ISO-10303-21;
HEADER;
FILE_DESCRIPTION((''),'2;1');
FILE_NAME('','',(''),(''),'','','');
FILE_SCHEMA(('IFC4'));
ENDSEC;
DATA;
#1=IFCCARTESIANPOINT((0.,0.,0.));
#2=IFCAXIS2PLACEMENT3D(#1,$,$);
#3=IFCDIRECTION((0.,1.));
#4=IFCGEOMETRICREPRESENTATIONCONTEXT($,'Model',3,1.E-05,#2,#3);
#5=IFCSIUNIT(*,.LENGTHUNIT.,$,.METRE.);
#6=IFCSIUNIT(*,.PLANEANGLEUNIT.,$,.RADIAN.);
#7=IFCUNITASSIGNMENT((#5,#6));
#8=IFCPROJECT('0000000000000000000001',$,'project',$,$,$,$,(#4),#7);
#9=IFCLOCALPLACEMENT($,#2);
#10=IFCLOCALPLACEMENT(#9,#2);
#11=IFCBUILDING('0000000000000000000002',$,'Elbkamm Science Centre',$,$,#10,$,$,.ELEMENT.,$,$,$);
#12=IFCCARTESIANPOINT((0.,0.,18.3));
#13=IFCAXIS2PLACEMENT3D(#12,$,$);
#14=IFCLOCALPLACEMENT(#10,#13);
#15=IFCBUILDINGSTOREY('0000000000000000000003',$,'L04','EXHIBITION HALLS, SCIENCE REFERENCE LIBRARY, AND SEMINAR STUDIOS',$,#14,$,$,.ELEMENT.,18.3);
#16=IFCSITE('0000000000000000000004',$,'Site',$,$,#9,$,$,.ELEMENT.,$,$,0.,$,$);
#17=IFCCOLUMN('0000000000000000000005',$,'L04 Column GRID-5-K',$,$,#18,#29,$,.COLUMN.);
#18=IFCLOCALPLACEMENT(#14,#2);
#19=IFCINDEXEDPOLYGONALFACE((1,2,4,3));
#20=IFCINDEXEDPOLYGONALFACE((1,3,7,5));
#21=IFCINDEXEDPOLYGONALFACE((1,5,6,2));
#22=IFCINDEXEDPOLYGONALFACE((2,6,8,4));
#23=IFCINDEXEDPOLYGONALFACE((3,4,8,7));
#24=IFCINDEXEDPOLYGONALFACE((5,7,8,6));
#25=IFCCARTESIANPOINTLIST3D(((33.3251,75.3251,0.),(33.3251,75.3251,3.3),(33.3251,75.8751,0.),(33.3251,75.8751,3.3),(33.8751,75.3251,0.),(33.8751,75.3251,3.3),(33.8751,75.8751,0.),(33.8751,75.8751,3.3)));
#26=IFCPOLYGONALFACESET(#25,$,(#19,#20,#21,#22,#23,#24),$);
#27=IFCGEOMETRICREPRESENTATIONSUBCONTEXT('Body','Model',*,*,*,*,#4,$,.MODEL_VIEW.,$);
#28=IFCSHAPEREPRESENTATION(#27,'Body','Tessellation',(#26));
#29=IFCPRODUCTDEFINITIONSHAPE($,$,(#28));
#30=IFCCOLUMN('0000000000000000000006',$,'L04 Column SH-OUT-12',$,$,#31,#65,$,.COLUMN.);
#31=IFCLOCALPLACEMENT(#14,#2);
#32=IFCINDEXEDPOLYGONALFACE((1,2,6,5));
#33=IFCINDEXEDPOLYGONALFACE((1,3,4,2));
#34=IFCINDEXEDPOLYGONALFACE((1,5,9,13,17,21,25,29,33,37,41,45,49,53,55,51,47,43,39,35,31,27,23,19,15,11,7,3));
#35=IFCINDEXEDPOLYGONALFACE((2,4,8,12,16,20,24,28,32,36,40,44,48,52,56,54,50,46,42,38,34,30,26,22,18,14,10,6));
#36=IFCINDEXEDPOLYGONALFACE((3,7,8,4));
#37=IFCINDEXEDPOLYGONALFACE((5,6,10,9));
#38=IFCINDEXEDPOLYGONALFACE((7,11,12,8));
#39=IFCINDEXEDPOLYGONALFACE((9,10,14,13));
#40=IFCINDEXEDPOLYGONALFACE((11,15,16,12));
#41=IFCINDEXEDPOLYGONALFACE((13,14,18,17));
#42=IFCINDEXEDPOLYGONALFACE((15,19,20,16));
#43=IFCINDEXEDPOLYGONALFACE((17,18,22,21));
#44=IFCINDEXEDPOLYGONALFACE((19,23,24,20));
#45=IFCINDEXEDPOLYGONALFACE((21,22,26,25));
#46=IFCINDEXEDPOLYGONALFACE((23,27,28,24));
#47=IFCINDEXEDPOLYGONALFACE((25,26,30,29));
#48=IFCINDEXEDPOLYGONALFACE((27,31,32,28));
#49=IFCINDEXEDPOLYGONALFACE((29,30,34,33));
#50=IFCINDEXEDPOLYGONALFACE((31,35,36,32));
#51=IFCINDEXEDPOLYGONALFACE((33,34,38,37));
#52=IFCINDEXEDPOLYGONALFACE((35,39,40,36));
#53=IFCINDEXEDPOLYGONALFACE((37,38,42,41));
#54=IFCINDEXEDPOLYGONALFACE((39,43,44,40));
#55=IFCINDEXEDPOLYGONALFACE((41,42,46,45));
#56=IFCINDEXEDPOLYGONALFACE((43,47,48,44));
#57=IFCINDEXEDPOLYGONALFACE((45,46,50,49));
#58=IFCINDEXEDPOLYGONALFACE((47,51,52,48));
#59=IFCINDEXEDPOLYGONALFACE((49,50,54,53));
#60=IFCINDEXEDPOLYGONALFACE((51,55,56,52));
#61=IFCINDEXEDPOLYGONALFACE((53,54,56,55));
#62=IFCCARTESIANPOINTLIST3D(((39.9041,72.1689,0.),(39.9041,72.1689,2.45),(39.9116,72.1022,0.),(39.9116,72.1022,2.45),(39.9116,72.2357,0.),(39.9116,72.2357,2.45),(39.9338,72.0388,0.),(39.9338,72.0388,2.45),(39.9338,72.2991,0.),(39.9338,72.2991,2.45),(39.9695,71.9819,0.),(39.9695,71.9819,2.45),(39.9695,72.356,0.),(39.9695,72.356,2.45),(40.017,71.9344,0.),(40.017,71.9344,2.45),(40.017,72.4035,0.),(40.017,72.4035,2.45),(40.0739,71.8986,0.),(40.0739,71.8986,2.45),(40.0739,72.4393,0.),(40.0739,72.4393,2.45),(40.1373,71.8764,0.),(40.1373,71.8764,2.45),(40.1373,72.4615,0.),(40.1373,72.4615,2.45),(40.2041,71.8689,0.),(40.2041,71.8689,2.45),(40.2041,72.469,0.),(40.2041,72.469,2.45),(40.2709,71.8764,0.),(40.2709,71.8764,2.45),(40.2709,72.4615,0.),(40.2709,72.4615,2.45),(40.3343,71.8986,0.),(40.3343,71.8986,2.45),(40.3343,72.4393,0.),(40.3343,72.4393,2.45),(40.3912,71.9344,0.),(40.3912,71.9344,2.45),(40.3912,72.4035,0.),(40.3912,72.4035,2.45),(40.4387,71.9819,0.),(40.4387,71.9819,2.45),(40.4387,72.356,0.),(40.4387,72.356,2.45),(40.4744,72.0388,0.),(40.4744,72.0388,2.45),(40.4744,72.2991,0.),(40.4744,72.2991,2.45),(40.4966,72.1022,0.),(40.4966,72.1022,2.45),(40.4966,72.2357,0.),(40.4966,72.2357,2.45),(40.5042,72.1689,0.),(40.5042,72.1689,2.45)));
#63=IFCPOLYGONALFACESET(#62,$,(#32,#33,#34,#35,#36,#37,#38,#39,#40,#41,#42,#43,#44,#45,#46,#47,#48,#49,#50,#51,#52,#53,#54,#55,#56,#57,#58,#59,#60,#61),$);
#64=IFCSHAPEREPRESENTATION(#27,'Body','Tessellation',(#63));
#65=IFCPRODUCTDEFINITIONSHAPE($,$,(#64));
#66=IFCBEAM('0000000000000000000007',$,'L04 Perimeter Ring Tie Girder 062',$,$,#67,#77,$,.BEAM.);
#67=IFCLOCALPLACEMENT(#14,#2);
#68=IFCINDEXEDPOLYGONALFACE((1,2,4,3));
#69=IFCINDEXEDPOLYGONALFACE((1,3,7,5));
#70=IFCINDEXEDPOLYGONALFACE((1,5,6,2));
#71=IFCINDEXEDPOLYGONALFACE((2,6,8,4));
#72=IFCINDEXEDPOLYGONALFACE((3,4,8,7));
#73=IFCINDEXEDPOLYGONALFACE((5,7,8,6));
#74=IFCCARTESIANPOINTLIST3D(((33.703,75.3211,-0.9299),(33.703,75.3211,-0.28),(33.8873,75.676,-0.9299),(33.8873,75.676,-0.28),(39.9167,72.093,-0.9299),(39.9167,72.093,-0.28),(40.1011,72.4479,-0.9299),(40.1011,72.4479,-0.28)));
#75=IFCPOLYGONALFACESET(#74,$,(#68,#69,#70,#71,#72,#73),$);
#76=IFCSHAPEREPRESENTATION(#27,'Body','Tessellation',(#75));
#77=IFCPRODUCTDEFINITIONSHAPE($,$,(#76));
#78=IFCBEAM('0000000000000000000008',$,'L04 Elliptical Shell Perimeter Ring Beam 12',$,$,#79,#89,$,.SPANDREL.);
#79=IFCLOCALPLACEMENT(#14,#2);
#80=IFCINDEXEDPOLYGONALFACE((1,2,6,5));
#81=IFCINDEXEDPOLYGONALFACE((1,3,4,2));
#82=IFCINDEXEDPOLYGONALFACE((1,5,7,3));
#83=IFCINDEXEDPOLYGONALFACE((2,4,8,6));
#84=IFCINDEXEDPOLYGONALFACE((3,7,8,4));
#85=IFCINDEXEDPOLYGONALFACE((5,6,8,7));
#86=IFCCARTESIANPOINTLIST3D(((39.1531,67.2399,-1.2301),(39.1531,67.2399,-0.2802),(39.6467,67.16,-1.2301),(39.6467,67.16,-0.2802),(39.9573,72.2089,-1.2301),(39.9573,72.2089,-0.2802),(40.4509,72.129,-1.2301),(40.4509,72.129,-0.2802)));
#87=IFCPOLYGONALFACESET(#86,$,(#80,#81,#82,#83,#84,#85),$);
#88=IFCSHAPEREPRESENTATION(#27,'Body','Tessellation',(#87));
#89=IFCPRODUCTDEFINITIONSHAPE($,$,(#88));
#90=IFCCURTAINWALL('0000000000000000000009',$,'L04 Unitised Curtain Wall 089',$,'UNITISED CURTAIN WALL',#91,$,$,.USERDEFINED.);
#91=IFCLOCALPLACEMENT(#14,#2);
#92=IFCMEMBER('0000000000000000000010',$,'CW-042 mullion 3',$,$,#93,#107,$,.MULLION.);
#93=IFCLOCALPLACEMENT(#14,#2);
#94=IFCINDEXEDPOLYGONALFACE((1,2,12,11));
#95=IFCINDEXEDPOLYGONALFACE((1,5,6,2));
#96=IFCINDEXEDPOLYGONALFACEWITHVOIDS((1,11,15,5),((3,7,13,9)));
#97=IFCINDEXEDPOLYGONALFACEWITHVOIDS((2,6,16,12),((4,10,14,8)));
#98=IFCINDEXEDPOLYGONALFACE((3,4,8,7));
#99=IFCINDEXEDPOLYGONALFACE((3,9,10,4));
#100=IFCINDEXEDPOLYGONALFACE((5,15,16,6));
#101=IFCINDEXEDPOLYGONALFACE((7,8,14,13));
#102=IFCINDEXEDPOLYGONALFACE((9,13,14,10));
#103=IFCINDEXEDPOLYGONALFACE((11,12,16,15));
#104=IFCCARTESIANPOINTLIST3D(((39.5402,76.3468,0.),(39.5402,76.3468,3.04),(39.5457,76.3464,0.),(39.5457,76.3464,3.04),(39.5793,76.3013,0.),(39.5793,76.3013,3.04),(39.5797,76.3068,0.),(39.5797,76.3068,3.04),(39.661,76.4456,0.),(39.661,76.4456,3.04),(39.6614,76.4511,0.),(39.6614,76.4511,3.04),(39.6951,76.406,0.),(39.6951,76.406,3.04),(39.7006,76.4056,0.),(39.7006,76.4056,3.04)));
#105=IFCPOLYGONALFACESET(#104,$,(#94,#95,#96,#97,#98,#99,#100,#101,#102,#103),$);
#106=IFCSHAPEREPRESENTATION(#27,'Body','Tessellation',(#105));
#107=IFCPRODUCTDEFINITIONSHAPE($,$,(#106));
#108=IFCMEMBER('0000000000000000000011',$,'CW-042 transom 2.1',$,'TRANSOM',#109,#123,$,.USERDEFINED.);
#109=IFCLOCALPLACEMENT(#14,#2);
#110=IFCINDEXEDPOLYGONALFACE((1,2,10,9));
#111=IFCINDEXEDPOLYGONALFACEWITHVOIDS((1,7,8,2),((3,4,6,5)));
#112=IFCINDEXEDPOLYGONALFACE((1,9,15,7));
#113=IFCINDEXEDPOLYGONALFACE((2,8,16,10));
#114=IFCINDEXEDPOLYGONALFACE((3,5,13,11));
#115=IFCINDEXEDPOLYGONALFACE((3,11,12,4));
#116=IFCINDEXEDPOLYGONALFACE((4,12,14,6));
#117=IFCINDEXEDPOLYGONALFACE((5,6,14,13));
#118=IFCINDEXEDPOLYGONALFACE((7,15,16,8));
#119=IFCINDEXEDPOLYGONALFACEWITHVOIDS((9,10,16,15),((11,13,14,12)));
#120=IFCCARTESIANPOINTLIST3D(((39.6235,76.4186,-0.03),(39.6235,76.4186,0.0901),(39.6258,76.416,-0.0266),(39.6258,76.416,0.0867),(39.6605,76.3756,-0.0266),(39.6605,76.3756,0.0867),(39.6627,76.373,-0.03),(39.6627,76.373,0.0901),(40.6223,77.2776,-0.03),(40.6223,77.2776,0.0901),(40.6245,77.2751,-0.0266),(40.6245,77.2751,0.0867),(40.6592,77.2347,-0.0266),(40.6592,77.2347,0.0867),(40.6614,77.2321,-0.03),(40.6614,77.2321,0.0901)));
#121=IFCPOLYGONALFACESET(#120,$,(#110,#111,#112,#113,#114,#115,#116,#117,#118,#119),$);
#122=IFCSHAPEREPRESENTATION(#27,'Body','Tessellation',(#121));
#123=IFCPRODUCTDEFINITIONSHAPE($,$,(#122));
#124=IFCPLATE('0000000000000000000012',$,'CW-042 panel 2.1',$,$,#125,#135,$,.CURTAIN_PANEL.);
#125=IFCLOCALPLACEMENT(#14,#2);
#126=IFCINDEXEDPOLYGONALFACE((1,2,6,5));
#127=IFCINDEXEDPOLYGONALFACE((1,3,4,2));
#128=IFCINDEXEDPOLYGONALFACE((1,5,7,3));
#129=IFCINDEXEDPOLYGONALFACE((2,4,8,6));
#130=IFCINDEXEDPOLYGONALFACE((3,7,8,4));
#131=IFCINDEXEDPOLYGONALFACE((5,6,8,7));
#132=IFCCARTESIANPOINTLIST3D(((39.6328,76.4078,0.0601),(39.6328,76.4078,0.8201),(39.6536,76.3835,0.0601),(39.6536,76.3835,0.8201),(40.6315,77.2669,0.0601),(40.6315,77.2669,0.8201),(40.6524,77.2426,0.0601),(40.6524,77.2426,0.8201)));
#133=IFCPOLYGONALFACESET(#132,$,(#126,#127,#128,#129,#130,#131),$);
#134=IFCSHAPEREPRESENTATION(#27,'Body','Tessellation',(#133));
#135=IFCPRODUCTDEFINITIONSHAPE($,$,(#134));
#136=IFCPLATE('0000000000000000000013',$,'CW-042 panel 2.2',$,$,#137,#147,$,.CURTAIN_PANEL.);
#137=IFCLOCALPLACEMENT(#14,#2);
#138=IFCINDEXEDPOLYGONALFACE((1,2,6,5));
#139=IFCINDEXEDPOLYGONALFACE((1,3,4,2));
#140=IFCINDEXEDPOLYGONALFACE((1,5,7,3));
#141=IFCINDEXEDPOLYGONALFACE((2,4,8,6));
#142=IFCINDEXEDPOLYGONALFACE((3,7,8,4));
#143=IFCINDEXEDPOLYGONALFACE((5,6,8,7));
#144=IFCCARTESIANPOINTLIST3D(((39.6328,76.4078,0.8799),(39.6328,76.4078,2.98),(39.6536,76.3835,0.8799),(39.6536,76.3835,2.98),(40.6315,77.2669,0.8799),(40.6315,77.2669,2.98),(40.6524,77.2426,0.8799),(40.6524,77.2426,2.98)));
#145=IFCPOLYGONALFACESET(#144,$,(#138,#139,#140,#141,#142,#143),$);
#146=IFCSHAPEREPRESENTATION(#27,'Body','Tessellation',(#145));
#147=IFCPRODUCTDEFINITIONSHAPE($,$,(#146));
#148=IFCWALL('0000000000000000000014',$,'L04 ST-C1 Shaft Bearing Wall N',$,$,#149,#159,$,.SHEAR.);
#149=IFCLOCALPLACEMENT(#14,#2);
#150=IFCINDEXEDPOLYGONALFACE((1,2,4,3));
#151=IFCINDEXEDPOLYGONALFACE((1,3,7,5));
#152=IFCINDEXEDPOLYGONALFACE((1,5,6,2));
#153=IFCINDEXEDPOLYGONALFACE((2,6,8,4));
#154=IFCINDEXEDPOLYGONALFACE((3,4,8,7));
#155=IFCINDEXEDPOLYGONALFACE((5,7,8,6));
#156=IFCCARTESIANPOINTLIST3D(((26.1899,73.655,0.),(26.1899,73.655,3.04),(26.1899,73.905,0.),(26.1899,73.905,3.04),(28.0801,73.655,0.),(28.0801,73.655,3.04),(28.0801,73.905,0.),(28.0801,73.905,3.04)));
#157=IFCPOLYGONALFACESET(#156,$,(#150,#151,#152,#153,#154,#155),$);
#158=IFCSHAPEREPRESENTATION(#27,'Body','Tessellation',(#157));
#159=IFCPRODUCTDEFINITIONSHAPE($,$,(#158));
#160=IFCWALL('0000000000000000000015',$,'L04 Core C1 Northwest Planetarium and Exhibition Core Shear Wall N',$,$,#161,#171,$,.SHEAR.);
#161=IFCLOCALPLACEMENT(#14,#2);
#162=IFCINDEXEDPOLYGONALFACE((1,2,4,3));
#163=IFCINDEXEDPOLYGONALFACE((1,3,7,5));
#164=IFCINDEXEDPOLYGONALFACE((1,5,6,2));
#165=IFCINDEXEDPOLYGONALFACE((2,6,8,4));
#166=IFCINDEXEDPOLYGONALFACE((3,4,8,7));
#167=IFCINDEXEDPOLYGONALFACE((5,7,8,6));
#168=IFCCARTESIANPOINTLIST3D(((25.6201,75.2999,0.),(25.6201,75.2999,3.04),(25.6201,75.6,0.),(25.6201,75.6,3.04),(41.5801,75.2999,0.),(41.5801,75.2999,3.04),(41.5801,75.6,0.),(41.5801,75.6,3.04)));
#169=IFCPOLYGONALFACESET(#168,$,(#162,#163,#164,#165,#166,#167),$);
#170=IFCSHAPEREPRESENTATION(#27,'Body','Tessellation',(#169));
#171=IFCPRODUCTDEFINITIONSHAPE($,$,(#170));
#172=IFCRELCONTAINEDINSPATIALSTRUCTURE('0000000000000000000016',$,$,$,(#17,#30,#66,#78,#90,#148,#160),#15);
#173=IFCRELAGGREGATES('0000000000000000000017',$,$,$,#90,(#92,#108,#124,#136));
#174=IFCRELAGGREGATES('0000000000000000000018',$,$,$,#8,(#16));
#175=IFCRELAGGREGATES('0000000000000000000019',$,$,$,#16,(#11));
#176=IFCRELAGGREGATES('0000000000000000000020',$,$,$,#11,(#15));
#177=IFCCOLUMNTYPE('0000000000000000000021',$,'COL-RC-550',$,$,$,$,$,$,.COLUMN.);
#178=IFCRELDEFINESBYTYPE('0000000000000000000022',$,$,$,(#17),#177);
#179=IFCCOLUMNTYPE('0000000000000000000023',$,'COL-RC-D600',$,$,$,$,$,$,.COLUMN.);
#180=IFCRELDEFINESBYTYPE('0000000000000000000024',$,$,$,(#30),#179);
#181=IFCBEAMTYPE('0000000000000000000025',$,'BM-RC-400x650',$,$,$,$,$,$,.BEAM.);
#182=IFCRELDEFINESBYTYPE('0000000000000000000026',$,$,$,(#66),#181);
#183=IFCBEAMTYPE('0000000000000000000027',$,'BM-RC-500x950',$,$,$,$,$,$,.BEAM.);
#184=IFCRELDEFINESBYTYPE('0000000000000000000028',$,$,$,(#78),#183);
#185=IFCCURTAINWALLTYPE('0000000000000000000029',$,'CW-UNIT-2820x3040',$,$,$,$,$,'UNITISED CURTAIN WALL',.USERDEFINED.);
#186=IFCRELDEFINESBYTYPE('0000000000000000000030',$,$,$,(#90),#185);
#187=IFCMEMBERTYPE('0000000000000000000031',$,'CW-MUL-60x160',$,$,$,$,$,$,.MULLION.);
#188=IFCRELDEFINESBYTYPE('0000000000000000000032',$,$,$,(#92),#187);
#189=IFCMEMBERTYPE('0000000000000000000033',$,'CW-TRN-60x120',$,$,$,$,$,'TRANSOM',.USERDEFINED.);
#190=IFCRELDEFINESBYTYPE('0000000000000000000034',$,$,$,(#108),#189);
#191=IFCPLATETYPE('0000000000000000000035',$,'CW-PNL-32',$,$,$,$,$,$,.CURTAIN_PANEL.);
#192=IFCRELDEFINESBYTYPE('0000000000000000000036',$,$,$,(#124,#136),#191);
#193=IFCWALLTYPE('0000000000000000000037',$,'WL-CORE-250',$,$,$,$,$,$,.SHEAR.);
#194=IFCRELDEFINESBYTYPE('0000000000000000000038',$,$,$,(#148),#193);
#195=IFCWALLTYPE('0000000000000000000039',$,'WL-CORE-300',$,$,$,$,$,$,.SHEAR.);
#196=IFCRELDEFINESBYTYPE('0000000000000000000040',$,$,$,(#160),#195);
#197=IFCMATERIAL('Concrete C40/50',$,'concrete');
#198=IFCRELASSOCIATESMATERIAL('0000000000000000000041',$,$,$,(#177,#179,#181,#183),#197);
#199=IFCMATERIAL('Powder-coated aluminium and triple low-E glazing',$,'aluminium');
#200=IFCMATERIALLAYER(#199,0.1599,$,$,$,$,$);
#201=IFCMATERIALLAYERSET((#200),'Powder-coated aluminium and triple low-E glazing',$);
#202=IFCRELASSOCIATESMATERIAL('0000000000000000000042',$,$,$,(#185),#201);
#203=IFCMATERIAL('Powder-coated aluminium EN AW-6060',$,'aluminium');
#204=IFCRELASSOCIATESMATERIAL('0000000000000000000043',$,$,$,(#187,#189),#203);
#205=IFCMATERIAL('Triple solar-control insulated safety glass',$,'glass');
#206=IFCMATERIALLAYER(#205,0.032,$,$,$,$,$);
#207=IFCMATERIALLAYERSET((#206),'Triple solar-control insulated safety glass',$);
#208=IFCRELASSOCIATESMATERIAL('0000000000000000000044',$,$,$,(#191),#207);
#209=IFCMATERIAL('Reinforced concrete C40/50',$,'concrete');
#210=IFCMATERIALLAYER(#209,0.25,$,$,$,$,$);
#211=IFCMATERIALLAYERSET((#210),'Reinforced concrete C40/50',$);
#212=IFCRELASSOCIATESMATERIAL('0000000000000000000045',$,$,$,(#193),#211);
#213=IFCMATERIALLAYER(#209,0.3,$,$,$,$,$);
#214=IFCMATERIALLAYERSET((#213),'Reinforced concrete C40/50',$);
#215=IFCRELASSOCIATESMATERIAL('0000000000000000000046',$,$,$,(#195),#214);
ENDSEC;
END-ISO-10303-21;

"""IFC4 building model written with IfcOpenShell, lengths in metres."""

from ifc_helpers import new_model, si_unit, direction, frame, frame_2d, origin, origin_2d, place, context, subcontext, project, spatial, rectangle, hollow_rectangle, circle, extrude, material, layer, layer_set, material_profile, profile_set, type_object, element, aggregate, save


model = new_model("IFC4")

# Units and contexts
model_context = context("Model", 3, precision=1e-05, world=origin(), true_north=direction((0.0, 1.0)))
body_context = subcontext(model_context, "Body", "Model", "MODEL_VIEW")
ifc_project = project(units=[si_unit("LENGTHUNIT", "METRE"), si_unit("PLANEANGLEUNIT", "RADIAN")], contexts=[model_context])

# Site, building, storey
site_placement = place(None, origin())
site = spatial("IfcSite", under=ifc_project, at=site_placement, Name="Site", CompositionType="ELEMENT", RefElevation=0.0)
building_placement = place(site_placement, origin())
building = spatial("IfcBuilding", under=site, at=building_placement, Name="Elbkamm Science Centre", CompositionType="ELEMENT")
storey_placement = place(building_placement, frame((0.0, 0.0, 18.3)))
storey = spatial("IfcBuildingStorey", under=building, at=storey_placement, Name="L04", Description="EXHIBITION HALLS, SCIENCE REFERENCE LIBRARY, AND SEMINAR STUDIOS", CompositionType="ELEMENT", Elevation=18.3)

# Columns
ifc_material_1 = material(Name="Concrete C40/50", Category="concrete")
ifc_material_profile_1 = material_profile(ifc_material_1, rectangle(XDim=0.55, YDim=0.55, at=origin_2d()), Name="RC 550x550")
ifc_profile_set_1 = profile_set([ifc_material_profile_1], Name="Concrete C40/50")
column_type_1 = type_object("IfcColumnType", Name="COL-RC-550", PredefinedType="COLUMN", material=ifc_profile_set_1)
column_1_placement = place(storey_placement, frame((33.6001, 75.6001, 0.0), z_axis=(0.0, 0.0, 1.0), x_axis=(1.0, 0.0, 0.0)))
element("IfcColumn", 1, at=column_1_placement, inside=storey, type_object=column_type_1, Name="L04 Column GRID-5-K", PredefinedType="COLUMN", context=body_context, shape_type="SweptSolid", body=[
    extrude(rectangle(XDim=0.55, YDim=0.55, at=origin_2d()), origin(), (0.0, 0.0, 1.0), 3.3),
])
ifc_material_profile_2 = material_profile(ifc_material_1, circle(Radius=0.3, at=origin_2d()), Name="RC D600")
ifc_profile_set_2 = profile_set([ifc_material_profile_2], Name="Concrete C40/50")
column_type_2 = type_object("IfcColumnType", Name="COL-RC-D600", PredefinedType="COLUMN", material=ifc_profile_set_2)
column_2_placement = place(storey_placement, frame((40.2041, 72.1689, 0.0), z_axis=(0.0, 0.0, 1.0), x_axis=(1.0, 0.0, 0.0)))
element("IfcColumn", 2, at=column_2_placement, inside=storey, type_object=column_type_2, Name="L04 Column SH-OUT-12", PredefinedType="COLUMN", context=body_context, shape_type="SweptSolid", body=[
    extrude(circle(Radius=0.3, at=origin_2d()), origin(), (0.0, 0.0, 1.0), 2.45),
])

# Beams
ifc_material_profile_3 = material_profile(ifc_material_1, rectangle(XDim=0.3999, YDim=0.6499, at=origin_2d()), Name="RC 400x650")
ifc_profile_set_3 = profile_set([ifc_material_profile_3], Name="Concrete C40/50")
beam_type_1 = type_object("IfcBeamType", Name="BM-RC-400x650", PredefinedType="BEAM", material=ifc_profile_set_3)
beam_1_placement = place(storey_placement, frame((33.7952, 75.4985, -0.605), z_axis=(0.887395, -0.461009, 0.0), x_axis=(0.461009, 0.887395, 0.0)))
element("IfcBeam", 3, at=beam_1_placement, inside=storey, type_object=beam_type_1, Name="L04 Perimeter Ring Tie Girder 062", PredefinedType="BEAM", context=body_context, shape_type="SweptSolid", body=[
    extrude(rectangle(XDim=0.3999, YDim=0.6499, at=origin_2d()), origin(), (0.0, 0.0, 1.0), 7.0022),
])
ifc_material_profile_4 = material_profile(ifc_material_1, rectangle(XDim=0.5, YDim=0.95, at=origin_2d()), Name="RC 500x950")
ifc_profile_set_4 = profile_set([ifc_material_profile_4], Name="Concrete C40/50")
beam_type_2 = type_object("IfcBeamType", Name="BM-RC-500x950", PredefinedType="BEAM", material=ifc_profile_set_4)
beam_2_placement = place(storey_placement, frame((40.2041, 72.1689, -0.7551), z_axis=(-0.159765, -0.987155, 0.0), x_axis=(0.987155, -0.159765, 0.0)))
element("IfcBeam", 4, at=beam_2_placement, inside=storey, type_object=beam_type_2, Name="L04 Elliptical Shell Perimeter Ring Beam 12", PredefinedType="SPANDREL", context=body_context, shape_type="SweptSolid", body=[
    extrude(rectangle(XDim=0.5, YDim=0.95, at=origin_2d()), origin(), (0.0, 0.0, 1.0), 5.0337),
])

# Curtain wall, members, plates
ifc_material_2 = material(Name="Powder-coated aluminium and triple low-E glazing", Category="aluminium")
ifc_layer_1 = layer(ifc_material_2, 0.1599)
ifc_layer_set_1 = layer_set([ifc_layer_1], Name="Powder-coated aluminium and triple low-E glazing")
curtain_wall_type = type_object("IfcCurtainWallType", Name="CW-UNIT-2820x3040", ElementType="UNITISED CURTAIN WALL", PredefinedType="USERDEFINED", material=ifc_layer_set_1)
curtain_wall_placement = place(storey_placement, origin())
curtain_wall = element("IfcCurtainWall", 5, at=curtain_wall_placement, inside=storey, type_object=curtain_wall_type, Name="L04 Unitised Curtain Wall 089", ObjectType="UNITISED CURTAIN WALL", PredefinedType="USERDEFINED")
ifc_material_3 = material(Name="Powder-coated aluminium EN AW-6060", Category="aluminium")
ifc_material_profile_5 = material_profile(ifc_material_3, hollow_rectangle(XDim=0.0601, YDim=0.1599, WallThickness=0.0039, at=origin_2d()), Name="ALU M60x160")
ifc_profile_set_5 = profile_set([ifc_material_profile_5], Name="Powder-coated aluminium EN AW-6060")
member_type_1 = type_object("IfcMemberType", Name="CW-MUL-60x160", PredefinedType="MULLION", material=ifc_profile_set_5)
member_1_placement = place(storey_placement, frame((39.6204, 76.3762, 0.0), z_axis=(0.0, 0.0, 1.0), x_axis=(0.65211, -0.758124, 0.0)))
member_1 = element("IfcMember", 6, at=member_1_placement, type_object=member_type_1, Name="CW-042 mullion 3", PredefinedType="MULLION", context=body_context, shape_type="SweptSolid", body=[
    extrude(hollow_rectangle(XDim=0.0601, YDim=0.1599, WallThickness=0.0039, at=origin_2d()), origin(), (0.0, 0.0, 1.0), 3.04),
])
ifc_material_profile_6 = material_profile(ifc_material_3, hollow_rectangle(XDim=0.0601, YDim=0.1201, WallThickness=0.0034, at=origin_2d()), Name="ALU T60x120")
ifc_profile_set_6 = profile_set([ifc_material_profile_6], Name="Powder-coated aluminium EN AW-6060")
member_type_2 = type_object("IfcMemberType", Name="CW-TRN-60x120", ElementType="TRANSOM", PredefinedType="USERDEFINED", material=ifc_profile_set_6)
member_2_placement = place(storey_placement, frame((40.6418, 77.2549, 0.03), z_axis=(-0.758117, -0.652118, 0.0), x_axis=(0.652118, -0.758117, 0.0)))
member_2 = element("IfcMember", 7, at=member_2_placement, type_object=member_type_2, Name="CW-042 transom 2.1", ObjectType="TRANSOM", PredefinedType="USERDEFINED", context=body_context, shape_type="SweptSolid", body=[
    extrude(hollow_rectangle(XDim=0.0601, YDim=0.1201, WallThickness=0.0034, at=origin_2d()), origin(), (0.0, 0.0, 1.0), 1.3174),
])
ifc_material_4 = material(Name="Triple solar-control insulated safety glass", Category="glass")
ifc_layer_2 = layer(ifc_material_4, 0.032)
ifc_layer_set_2 = layer_set([ifc_layer_2], Name="Triple solar-control insulated safety glass")
plate_type = type_object("IfcPlateType", Name="CW-PNL-32", PredefinedType="CURTAIN_PANEL", material=ifc_layer_set_2)
plate_1_placement = place(storey_placement, frame((40.1426, 76.8252, 0.0601), z_axis=(0.0, 0.0, 1.0), x_axis=(-0.758124, -0.65211, 0.0)))
plate_1 = element("IfcPlate", 8, at=plate_1_placement, type_object=plate_type, Name="CW-042 panel 2.1", PredefinedType="CURTAIN_PANEL", context=body_context, shape_type="SweptSolid", body=[
    extrude(rectangle(XDim=1.3174, YDim=0.032, at=origin_2d()), origin(), (0.0, 0.0, 1.0), 0.76),
])
plate_2_placement = place(storey_placement, frame((40.1426, 76.8252, 0.8799), z_axis=(0.0, 0.0, 1.0), x_axis=(-0.758124, -0.65211, 0.0)))
plate_2 = element("IfcPlate", 9, at=plate_2_placement, type_object=plate_type, Name="CW-042 panel 2.2", PredefinedType="CURTAIN_PANEL", context=body_context, shape_type="SweptSolid", body=[
    extrude(rectangle(XDim=1.3174, YDim=0.032, at=origin_2d()), origin(), (0.0, 0.0, 1.0), 2.1001),
])
aggregate(curtain_wall, [member_1, member_2, plate_1, plate_2])

# Walls
ifc_material_5 = material(Name="Reinforced concrete C40/50", Category="concrete")
ifc_layer_3 = layer(ifc_material_5, 0.25)
ifc_layer_set_3 = layer_set([ifc_layer_3], Name="Reinforced concrete C40/50")
wall_type_1 = type_object("IfcWallType", Name="WL-CORE-250", PredefinedType="SHEAR", material=ifc_layer_set_3)
wall_1_placement = place(storey_placement, frame((26.1899, 73.78, 0.0), z_axis=(0.0, 0.0, 1.0), x_axis=(1.0, 0.0, 0.0)))
element("IfcWall", 10, at=wall_1_placement, inside=storey, type_object=wall_type_1, Name="L04 ST-C1 Shaft Bearing Wall N", PredefinedType="SHEAR", context=body_context, shape_type="SweptSolid", body=[
    extrude(rectangle(XDim=1.8901, YDim=0.25, at=frame_2d((0.9451, 0.0))), origin(), (0.0, 0.0, 1.0), 3.04),
])
ifc_layer_4 = layer(ifc_material_5, 0.3)
ifc_layer_set_4 = layer_set([ifc_layer_4], Name="Reinforced concrete C40/50")
wall_type_2 = type_object("IfcWallType", Name="WL-CORE-300", PredefinedType="SHEAR", material=ifc_layer_set_4)
wall_2_placement = place(storey_placement, frame((25.6201, 75.45, 0.0), z_axis=(0.0, 0.0, 1.0), x_axis=(1.0, 0.0, 0.0)))
element("IfcWall", 11, at=wall_2_placement, inside=storey, type_object=wall_type_2, Name="L04 Core C1 Northwest Planetarium and Exhibition Core Shear Wall N", PredefinedType="SHEAR", context=body_context, shape_type="SweptSolid", body=[
    extrude(rectangle(XDim=15.96, YDim=0.3, at=frame_2d((7.98, 0.0))), origin(), (0.0, 0.0, 1.0), 3.04),
])

save(model, "model.ifc")
